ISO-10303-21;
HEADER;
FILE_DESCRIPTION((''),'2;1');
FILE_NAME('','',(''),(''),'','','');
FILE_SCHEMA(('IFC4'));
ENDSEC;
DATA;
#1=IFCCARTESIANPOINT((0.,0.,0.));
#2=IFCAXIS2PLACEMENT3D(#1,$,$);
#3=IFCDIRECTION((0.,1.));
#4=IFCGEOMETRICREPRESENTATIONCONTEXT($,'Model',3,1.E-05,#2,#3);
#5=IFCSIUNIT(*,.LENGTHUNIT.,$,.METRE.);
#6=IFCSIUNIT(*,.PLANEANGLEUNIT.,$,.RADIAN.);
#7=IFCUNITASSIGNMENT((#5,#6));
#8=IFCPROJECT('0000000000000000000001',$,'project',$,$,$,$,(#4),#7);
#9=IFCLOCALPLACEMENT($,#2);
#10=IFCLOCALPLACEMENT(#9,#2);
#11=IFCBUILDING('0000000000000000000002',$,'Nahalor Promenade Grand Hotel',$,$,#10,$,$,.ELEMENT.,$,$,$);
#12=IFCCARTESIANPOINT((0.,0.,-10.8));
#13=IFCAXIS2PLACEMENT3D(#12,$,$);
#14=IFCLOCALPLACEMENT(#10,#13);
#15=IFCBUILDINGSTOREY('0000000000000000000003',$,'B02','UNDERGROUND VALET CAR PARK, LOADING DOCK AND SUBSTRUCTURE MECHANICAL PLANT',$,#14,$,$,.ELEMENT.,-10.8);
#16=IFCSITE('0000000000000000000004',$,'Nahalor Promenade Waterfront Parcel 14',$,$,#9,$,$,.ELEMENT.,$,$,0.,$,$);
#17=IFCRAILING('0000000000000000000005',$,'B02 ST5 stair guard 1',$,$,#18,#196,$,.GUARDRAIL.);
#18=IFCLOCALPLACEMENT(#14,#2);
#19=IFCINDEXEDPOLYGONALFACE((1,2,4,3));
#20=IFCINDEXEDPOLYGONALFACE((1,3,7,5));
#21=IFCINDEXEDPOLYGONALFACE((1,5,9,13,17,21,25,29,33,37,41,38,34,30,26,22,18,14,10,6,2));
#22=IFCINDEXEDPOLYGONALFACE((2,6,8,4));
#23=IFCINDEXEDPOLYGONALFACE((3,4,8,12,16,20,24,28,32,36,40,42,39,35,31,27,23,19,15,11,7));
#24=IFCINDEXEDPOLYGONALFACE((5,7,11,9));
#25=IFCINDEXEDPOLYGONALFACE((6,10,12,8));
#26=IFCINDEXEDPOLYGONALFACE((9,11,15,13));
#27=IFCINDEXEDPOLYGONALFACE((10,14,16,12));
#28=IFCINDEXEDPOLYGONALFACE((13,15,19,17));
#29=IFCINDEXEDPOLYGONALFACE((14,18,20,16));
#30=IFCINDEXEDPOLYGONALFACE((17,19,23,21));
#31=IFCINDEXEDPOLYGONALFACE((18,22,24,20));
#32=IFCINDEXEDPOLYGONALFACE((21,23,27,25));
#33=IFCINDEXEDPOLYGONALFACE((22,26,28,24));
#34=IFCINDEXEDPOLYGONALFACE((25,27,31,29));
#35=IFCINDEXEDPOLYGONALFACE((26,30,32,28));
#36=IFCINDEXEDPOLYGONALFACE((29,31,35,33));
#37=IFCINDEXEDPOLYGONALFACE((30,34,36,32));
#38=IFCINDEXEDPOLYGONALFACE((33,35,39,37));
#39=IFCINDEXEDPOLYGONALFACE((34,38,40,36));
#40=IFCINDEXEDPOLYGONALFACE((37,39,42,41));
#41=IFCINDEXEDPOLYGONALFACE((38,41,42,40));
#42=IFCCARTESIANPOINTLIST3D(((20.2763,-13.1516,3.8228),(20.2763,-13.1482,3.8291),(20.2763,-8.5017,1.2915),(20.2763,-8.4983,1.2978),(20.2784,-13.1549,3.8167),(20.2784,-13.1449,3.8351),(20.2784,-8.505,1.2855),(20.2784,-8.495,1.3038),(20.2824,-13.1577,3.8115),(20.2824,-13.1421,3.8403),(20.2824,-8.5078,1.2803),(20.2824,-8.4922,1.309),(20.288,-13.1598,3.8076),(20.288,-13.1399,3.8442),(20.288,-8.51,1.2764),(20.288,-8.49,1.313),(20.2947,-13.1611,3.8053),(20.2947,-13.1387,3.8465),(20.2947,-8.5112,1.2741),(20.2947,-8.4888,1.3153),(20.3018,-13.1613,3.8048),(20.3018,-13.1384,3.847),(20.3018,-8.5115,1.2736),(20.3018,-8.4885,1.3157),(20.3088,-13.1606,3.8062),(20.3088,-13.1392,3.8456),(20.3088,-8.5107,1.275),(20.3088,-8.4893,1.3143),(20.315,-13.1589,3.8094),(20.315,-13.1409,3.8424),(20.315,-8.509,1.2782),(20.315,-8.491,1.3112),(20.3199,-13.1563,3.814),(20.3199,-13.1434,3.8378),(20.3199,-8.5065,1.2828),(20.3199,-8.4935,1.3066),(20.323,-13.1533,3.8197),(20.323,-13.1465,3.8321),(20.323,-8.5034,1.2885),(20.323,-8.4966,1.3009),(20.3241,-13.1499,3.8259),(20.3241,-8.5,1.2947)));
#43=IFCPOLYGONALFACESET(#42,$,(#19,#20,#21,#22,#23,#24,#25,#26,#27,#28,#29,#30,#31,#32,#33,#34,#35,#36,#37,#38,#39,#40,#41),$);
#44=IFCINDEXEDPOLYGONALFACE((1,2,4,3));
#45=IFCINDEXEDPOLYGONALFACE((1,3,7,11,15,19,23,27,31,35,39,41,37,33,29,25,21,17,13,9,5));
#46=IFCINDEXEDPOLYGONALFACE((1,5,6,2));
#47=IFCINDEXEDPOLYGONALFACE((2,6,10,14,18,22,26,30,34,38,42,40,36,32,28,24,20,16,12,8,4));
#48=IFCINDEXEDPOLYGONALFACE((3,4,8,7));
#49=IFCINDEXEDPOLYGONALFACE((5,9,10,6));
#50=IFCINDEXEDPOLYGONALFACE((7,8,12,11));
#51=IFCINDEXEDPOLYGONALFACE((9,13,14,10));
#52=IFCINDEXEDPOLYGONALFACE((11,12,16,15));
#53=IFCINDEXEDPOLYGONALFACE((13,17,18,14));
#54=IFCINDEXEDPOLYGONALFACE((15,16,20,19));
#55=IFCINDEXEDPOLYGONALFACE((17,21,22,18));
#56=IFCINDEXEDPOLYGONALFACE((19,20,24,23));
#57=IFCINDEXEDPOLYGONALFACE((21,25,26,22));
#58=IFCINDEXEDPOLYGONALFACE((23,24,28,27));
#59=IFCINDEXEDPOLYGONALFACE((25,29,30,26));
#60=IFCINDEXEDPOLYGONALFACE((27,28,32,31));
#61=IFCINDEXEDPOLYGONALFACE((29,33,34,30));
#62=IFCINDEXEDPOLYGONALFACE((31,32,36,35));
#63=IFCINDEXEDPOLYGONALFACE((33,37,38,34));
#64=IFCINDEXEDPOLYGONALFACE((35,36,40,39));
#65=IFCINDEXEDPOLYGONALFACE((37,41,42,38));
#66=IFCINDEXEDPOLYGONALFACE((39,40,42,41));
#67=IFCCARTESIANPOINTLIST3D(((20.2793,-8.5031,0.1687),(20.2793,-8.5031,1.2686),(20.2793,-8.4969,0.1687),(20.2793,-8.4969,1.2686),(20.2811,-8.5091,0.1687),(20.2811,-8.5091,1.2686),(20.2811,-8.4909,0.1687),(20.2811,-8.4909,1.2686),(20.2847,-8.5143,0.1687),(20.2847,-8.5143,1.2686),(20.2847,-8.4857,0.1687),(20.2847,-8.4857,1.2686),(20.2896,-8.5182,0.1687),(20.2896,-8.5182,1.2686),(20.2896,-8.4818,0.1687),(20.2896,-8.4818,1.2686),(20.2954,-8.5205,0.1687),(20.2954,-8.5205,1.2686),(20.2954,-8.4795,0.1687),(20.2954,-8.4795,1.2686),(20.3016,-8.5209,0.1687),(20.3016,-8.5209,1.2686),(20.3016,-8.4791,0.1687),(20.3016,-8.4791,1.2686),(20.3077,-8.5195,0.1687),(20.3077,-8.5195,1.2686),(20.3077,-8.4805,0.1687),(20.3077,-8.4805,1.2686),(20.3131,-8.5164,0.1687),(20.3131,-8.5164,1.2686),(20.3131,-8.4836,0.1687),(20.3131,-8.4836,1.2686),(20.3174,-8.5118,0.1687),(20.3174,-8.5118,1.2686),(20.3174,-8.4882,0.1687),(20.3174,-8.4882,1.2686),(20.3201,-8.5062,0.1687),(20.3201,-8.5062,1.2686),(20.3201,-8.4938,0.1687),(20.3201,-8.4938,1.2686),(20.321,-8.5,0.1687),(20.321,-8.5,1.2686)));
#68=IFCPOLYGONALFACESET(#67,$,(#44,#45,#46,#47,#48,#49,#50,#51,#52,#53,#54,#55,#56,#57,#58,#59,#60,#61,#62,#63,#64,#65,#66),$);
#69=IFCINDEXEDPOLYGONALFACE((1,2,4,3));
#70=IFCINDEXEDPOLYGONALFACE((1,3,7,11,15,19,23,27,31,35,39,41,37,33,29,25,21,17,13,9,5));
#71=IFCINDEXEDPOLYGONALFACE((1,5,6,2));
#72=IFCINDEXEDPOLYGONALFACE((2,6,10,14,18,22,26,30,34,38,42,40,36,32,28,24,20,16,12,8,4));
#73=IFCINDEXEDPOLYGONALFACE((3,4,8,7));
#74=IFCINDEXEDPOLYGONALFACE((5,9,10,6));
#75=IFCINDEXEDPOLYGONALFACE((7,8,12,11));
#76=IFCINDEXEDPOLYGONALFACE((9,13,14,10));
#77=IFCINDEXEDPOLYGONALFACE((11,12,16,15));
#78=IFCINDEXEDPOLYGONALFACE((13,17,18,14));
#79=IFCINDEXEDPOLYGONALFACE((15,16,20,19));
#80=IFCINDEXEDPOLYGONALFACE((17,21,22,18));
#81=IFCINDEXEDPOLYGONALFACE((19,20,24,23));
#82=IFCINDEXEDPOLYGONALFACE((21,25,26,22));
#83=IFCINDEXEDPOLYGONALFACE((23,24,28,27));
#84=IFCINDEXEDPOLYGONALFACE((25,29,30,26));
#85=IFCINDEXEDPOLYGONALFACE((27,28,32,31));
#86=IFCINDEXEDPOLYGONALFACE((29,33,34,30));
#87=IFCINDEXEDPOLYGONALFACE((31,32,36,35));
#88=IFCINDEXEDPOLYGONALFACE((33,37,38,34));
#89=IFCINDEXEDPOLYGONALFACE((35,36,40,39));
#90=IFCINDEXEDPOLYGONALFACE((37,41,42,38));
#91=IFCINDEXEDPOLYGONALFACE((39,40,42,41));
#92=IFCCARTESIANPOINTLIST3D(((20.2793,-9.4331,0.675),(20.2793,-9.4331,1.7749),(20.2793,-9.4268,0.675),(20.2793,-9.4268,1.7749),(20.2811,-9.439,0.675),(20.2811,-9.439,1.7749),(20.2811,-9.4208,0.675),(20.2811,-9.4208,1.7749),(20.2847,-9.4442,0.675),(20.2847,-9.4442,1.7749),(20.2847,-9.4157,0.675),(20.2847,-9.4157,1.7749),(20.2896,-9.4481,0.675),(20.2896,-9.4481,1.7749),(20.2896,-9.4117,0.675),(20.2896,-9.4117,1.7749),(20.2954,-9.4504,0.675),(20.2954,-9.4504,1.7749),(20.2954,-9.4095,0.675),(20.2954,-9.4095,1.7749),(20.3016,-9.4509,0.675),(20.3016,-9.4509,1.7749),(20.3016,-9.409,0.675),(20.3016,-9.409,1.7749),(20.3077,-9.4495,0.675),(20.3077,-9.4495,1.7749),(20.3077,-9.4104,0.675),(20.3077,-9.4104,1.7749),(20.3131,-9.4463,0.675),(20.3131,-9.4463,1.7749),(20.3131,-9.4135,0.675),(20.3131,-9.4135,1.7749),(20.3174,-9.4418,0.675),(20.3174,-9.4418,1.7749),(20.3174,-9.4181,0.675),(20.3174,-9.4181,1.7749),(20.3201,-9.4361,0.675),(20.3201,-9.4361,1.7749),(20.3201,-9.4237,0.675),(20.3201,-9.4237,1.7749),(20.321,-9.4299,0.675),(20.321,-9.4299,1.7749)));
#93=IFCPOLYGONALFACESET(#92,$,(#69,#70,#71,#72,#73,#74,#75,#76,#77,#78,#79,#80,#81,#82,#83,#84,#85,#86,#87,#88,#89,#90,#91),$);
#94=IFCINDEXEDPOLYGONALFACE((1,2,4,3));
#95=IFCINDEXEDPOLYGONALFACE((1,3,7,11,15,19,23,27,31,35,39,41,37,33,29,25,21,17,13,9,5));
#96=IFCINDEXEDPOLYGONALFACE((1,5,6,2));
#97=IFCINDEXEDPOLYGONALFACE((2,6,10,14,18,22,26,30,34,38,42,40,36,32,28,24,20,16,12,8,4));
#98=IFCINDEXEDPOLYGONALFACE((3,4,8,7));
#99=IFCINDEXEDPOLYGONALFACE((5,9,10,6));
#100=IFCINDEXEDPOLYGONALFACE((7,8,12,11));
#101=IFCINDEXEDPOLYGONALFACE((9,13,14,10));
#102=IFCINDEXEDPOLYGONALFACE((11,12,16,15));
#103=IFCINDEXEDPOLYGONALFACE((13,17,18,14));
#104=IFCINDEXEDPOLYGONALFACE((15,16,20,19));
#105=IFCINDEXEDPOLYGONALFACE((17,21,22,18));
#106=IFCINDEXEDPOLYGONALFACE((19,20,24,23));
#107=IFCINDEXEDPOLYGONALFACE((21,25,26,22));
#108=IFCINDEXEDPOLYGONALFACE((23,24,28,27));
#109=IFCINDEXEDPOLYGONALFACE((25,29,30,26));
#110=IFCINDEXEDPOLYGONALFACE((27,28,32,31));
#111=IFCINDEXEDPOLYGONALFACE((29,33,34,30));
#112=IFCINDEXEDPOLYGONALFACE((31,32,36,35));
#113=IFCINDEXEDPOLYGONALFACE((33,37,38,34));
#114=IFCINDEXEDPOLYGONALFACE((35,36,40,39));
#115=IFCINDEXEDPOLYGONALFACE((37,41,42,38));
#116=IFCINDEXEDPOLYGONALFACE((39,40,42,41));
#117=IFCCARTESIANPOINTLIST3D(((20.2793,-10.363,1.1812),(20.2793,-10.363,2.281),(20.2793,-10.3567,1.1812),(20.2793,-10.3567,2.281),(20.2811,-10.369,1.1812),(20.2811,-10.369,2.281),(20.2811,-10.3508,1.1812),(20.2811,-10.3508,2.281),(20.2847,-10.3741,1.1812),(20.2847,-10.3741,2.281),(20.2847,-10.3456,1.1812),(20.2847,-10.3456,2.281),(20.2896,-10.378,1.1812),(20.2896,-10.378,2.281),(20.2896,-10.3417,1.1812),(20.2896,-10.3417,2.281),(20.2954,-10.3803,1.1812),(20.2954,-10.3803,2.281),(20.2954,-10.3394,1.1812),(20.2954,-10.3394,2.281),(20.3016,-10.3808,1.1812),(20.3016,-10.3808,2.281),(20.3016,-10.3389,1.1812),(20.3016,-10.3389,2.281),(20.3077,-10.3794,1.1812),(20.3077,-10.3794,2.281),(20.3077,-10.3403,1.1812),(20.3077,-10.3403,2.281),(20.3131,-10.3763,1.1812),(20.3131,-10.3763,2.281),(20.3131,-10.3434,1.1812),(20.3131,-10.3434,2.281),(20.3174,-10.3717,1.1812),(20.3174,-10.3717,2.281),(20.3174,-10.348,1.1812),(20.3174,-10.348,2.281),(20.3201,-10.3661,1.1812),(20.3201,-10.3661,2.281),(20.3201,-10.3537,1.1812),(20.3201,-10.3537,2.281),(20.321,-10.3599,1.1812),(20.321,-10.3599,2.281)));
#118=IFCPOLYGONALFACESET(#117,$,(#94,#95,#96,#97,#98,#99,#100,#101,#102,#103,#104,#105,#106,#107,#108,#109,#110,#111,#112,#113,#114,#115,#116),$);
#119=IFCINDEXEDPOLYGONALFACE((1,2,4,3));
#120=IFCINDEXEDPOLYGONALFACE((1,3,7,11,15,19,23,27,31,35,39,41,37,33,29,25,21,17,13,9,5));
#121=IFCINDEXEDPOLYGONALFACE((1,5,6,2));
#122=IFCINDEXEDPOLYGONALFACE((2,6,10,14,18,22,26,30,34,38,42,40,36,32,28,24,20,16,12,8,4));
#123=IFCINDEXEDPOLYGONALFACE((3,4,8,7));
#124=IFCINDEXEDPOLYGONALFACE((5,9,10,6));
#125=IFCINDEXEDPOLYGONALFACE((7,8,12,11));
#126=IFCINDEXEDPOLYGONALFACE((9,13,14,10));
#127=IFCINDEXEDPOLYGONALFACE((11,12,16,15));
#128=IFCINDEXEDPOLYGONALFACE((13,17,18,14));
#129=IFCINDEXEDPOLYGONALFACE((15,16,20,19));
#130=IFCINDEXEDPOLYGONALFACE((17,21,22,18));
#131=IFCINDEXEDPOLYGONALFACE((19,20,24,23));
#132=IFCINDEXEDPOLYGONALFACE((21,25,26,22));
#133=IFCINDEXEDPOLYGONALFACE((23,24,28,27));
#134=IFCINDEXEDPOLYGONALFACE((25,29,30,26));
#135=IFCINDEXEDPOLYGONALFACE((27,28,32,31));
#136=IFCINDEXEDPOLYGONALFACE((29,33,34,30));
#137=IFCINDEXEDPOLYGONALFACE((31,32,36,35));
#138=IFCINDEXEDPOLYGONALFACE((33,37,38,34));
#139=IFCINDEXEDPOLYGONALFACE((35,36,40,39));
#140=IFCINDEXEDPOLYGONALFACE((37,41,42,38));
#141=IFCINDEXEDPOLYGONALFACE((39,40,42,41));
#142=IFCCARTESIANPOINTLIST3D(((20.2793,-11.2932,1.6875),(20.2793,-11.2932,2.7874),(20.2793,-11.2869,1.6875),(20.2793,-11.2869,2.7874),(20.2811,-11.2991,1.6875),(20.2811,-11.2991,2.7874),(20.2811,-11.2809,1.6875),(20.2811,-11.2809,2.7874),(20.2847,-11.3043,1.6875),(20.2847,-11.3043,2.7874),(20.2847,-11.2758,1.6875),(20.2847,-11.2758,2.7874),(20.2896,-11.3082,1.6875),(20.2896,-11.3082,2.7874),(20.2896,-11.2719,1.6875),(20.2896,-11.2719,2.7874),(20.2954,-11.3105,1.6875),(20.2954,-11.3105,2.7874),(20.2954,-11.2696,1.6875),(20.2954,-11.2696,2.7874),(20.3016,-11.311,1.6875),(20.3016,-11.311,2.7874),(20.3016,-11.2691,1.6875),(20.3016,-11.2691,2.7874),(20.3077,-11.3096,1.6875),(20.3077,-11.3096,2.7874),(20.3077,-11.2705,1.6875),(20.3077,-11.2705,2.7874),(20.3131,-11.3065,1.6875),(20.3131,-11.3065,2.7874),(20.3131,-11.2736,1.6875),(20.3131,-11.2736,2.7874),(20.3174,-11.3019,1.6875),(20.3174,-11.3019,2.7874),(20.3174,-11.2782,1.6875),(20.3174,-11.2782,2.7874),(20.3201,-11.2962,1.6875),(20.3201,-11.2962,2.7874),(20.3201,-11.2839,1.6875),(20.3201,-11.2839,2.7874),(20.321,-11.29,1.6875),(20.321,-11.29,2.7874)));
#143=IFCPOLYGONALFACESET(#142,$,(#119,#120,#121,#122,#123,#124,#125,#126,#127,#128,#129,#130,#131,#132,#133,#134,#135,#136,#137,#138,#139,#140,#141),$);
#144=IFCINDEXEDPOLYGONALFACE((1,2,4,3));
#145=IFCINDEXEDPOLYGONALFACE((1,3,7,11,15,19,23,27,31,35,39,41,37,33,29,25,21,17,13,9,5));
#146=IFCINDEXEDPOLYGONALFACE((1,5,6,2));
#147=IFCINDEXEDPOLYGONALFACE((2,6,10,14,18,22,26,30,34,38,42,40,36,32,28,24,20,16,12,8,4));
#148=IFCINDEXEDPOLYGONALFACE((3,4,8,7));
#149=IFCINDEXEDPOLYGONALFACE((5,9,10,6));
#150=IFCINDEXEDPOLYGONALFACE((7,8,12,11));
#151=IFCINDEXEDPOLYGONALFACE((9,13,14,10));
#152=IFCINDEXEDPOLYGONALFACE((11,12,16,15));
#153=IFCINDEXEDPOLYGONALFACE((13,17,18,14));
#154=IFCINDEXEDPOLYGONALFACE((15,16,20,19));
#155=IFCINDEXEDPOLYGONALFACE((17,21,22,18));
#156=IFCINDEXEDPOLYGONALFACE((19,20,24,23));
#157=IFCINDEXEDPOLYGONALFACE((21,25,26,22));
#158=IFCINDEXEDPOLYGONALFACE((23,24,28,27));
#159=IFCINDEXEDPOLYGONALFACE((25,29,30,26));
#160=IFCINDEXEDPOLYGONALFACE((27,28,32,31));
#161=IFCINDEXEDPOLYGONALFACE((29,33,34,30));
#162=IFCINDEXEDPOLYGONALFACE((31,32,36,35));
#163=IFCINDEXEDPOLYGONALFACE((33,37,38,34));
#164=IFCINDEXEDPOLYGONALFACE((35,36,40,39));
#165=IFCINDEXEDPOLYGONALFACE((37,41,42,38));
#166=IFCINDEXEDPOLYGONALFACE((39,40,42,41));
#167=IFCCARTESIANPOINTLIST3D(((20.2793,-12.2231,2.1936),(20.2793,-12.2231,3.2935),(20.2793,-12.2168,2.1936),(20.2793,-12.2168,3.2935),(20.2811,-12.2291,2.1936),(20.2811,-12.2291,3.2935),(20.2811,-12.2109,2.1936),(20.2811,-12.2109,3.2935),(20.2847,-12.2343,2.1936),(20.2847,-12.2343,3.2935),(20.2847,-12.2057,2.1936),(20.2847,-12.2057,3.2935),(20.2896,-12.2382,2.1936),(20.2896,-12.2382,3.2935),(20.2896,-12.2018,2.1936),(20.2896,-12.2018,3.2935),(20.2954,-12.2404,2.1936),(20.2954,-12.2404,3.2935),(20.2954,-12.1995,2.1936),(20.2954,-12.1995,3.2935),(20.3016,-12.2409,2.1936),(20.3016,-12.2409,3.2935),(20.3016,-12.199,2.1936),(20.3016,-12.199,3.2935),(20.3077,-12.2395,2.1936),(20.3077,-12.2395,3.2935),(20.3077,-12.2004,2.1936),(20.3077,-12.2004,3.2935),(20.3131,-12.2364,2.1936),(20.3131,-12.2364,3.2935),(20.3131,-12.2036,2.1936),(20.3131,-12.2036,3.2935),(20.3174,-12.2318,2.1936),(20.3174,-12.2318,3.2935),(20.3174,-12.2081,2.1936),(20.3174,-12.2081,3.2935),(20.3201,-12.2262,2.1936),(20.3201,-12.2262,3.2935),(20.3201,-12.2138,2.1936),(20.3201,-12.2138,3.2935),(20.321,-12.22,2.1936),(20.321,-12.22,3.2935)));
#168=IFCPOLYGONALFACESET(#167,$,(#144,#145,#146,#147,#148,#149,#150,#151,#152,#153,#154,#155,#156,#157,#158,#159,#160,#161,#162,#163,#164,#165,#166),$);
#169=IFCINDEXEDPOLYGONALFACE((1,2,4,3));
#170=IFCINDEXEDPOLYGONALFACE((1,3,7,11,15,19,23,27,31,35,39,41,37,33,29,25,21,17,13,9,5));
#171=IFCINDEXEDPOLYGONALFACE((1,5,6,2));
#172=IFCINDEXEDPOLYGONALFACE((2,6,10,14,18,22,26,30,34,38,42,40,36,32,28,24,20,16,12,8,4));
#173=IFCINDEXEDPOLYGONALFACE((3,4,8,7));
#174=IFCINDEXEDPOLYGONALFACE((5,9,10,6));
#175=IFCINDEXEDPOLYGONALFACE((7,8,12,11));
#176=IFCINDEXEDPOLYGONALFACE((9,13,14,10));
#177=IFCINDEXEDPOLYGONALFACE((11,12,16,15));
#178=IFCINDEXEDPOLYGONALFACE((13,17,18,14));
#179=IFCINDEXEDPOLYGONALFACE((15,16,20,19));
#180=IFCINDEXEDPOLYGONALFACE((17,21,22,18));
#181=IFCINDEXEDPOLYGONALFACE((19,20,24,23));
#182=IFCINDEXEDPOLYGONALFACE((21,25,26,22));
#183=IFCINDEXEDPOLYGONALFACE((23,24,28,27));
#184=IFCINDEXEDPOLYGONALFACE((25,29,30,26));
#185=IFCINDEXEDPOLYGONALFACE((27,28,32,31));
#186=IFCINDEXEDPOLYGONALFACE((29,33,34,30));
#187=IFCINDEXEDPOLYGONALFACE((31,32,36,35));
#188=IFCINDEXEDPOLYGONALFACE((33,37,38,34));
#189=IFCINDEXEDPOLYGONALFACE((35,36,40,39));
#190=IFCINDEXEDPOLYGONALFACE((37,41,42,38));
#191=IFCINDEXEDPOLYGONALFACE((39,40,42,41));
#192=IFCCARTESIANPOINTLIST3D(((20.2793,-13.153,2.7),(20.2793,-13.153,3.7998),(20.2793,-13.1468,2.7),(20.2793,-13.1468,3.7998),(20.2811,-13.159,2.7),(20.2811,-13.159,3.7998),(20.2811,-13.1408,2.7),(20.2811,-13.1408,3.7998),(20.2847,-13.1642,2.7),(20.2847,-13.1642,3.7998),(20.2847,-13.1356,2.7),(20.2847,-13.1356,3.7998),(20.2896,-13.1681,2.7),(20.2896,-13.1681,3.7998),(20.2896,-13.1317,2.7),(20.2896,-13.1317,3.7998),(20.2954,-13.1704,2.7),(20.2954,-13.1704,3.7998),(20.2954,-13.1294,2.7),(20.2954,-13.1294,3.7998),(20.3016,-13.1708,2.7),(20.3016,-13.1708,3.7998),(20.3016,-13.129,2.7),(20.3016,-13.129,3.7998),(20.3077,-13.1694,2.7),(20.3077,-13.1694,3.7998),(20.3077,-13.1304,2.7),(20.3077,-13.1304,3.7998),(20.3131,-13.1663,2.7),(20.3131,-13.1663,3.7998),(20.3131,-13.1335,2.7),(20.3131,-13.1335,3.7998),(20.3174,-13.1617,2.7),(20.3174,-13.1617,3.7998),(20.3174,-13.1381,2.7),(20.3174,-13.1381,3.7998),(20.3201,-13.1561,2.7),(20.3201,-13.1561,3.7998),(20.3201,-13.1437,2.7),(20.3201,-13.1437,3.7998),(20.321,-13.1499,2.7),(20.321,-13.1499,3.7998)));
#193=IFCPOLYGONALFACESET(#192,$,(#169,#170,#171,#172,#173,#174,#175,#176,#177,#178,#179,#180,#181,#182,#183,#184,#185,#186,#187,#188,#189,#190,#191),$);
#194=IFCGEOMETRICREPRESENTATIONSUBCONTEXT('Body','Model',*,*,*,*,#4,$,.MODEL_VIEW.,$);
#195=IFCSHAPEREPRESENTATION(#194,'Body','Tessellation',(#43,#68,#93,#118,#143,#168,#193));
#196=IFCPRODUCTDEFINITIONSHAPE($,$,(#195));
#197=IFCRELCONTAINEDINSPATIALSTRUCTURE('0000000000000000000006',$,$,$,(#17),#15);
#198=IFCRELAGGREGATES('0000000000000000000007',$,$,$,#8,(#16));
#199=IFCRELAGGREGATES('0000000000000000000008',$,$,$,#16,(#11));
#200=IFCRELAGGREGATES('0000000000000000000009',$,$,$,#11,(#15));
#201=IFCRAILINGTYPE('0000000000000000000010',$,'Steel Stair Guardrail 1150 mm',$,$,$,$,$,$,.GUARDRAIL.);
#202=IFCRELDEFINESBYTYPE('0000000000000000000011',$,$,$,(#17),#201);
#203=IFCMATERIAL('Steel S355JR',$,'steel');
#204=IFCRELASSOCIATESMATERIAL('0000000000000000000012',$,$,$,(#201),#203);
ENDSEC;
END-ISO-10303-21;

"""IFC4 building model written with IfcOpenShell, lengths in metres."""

from ifc_helpers import new_model, si_unit, direction, frame, origin, origin_2d, place, context, subcontext, project, spatial, circle, extrude, material, type_object, element, save


model = new_model("IFC4")

# Units and contexts
model_context = context("Model", 3, precision=1e-05, world=origin(), true_north=direction((0.0, 1.0)))
body_context = subcontext(model_context, "Body", "Model", "MODEL_VIEW")
ifc_project = project(units=[si_unit("LENGTHUNIT", "METRE"), si_unit("PLANEANGLEUNIT", "RADIAN")], contexts=[model_context])

# Site, building, storey
site_placement = place(None, origin())
site = spatial("IfcSite", under=ifc_project, at=site_placement, Name="Nahalor Promenade Waterfront Parcel 14", CompositionType="ELEMENT", RefElevation=0.0)
building_placement = place(site_placement, origin())
building = spatial("IfcBuilding", under=site, at=building_placement, Name="Nahalor Promenade Grand Hotel", CompositionType="ELEMENT")
storey_placement = place(building_placement, frame((0.0, 0.0, -10.8)))
storey = spatial("IfcBuildingStorey", under=building, at=storey_placement, Name="B02", Description="UNDERGROUND VALET CAR PARK, LOADING DOCK AND SUBSTRUCTURE MECHANICAL PLANT", CompositionType="ELEMENT", Elevation=-10.8)

# Shared definitions
ifc_material_1 = material(Name="Steel S355JR", Category="steel")

# Railing
railing_type_1 = type_object("IfcRailingType", Name="Steel Stair Guardrail 1150 mm", PredefinedType="GUARDRAIL", material=ifc_material_1)
railing_1_placement = place(storey_placement, frame((20.3, -8.5, 0.1687)))
element("IfcRailing", 1, at=railing_1_placement, inside=storey, type_object=railing_type_1, Name="B02 ST5 stair guard 1", PredefinedType="GUARDRAIL", context=body_context, shape_type="SweptSolid", body=[
    extrude(circle(Radius=0.024, at=origin_2d()), frame((0.0, 0.0, 1.126), z_axis=(0.0, -0.878297, 0.478115), x_axis=(1.0, 0.0, 0.0)), (0.0, 0.0, 1.0), 5.2942),
    extrude(circle(Radius=0.021, at=origin_2d()), origin(), (0.0, 0.0, 1.0), 1.0999),
    extrude(circle(Radius=0.021, at=origin_2d()), frame((0.0, -0.9299, 0.5063)), (0.0, 0.0, 1.0), 1.0999),
    extrude(circle(Radius=0.021, at=origin_2d()), frame((0.0, -1.8599, 1.0125)), (0.0, 0.0, 1.0), 1.0999),
    extrude(circle(Radius=0.021, at=origin_2d()), frame((0.0, -2.79, 1.5188)), (0.0, 0.0, 1.0), 1.0999),
    extrude(circle(Radius=0.021, at=origin_2d()), frame((0.0, -3.72, 2.0249)), (0.0, 0.0, 1.0), 1.0999),
    extrude(circle(Radius=0.021, at=origin_2d()), frame((0.0, -4.6499, 2.5312)), (0.0, 0.0, 1.0), 1.0999),
])

save(model, "model.ifc")
